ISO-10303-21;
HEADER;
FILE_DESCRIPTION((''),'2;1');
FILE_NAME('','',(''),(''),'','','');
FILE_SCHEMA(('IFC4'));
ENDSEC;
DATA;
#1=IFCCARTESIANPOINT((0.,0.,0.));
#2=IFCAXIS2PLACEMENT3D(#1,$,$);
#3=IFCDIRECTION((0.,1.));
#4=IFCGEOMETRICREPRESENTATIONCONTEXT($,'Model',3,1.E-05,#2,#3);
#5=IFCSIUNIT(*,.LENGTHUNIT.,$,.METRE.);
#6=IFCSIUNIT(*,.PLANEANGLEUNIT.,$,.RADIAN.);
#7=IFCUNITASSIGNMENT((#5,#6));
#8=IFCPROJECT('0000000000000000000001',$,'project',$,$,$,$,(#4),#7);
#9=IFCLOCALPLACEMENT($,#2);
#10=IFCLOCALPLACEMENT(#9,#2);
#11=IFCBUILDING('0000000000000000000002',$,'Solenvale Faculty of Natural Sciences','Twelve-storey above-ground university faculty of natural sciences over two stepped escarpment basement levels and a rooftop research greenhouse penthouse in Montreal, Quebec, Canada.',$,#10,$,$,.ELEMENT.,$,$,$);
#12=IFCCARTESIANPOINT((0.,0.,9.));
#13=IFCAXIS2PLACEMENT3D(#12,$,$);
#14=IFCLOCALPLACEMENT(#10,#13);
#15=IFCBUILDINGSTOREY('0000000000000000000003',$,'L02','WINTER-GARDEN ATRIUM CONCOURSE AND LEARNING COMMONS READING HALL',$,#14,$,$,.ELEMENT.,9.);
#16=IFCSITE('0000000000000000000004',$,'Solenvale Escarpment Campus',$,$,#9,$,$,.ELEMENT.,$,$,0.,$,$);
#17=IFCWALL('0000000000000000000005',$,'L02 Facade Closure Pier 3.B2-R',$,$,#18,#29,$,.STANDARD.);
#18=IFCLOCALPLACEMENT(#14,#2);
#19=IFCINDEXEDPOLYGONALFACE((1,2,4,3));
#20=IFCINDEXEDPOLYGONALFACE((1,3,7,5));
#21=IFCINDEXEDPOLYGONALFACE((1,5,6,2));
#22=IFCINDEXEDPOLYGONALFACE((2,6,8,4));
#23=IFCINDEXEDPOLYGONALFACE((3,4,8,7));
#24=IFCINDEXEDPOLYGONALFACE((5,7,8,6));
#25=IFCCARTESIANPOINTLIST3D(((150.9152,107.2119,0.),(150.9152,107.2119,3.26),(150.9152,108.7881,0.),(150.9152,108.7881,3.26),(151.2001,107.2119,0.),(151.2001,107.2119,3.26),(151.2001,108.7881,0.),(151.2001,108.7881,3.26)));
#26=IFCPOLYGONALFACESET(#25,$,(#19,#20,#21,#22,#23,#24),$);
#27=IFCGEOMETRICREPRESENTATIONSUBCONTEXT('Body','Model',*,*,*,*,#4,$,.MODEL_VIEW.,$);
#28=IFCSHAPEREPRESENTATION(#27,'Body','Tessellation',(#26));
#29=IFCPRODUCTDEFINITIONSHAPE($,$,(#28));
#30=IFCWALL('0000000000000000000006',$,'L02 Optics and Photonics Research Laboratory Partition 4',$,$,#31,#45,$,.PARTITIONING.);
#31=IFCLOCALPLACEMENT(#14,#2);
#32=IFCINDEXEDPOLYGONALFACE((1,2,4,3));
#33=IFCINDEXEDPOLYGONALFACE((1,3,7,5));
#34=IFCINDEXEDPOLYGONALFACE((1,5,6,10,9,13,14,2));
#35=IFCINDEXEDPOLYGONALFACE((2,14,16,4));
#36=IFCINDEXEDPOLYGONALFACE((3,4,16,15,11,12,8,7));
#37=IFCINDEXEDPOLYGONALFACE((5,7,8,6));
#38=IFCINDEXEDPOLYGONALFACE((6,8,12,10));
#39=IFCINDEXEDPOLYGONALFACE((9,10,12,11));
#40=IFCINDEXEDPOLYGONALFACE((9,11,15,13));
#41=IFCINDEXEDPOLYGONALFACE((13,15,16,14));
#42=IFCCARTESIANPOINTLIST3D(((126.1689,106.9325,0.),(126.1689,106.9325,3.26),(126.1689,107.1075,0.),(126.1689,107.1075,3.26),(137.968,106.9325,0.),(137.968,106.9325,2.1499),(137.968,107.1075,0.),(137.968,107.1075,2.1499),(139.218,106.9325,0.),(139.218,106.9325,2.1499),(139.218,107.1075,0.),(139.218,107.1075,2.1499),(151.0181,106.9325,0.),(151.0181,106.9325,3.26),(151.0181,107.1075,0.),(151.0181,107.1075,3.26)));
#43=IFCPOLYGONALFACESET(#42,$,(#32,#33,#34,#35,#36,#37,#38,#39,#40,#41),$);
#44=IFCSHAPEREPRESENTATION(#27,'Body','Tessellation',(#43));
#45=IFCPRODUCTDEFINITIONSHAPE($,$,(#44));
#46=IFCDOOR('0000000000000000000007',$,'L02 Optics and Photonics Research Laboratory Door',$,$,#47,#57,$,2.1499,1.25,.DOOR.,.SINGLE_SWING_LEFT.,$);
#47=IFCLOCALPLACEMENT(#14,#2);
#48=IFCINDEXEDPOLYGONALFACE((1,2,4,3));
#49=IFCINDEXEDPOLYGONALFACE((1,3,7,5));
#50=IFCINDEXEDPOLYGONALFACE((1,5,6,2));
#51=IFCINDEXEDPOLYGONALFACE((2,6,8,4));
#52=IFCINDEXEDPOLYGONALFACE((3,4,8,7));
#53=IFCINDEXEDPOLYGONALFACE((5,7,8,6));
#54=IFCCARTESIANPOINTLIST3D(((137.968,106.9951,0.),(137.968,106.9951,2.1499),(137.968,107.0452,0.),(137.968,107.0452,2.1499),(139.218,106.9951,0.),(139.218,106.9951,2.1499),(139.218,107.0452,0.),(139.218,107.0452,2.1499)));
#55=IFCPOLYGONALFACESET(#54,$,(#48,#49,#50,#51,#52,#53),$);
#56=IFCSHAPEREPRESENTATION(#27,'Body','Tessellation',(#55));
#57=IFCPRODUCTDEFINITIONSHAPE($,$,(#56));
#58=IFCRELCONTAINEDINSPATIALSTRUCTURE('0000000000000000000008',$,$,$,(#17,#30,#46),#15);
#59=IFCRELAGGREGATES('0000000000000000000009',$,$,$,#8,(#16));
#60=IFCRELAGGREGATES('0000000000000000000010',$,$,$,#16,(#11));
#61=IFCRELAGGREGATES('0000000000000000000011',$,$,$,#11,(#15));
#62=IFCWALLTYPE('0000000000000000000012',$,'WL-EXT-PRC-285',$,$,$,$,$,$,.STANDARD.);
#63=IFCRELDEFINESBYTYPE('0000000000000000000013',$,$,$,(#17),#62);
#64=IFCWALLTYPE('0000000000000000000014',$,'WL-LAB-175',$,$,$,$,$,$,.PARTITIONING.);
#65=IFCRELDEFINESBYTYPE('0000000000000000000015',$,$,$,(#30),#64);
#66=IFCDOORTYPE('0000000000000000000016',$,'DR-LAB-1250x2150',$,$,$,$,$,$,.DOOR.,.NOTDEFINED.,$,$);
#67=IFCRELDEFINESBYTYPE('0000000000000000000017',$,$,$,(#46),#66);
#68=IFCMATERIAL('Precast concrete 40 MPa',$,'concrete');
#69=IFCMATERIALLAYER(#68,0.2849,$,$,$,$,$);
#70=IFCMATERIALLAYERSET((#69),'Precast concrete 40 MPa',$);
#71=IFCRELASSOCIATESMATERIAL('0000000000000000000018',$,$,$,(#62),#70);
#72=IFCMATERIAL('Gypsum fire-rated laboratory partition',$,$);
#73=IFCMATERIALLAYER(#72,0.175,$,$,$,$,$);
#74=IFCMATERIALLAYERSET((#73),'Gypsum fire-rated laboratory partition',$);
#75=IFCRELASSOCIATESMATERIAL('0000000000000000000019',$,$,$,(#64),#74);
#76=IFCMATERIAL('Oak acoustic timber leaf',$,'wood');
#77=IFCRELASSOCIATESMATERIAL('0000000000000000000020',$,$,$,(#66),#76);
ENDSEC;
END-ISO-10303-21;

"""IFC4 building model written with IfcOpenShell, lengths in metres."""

from ifc_helpers import new_model, si_unit, direction, frame, frame_2d, origin, place, context, subcontext, project, spatial, rectangle, extrude, material, layer, layer_set, type_object, element, fill, save


model = new_model("IFC4")

# Units and contexts
model_context = context("Model", 3, precision=1e-05, world=origin(), true_north=direction((0.0, 1.0)))
body_context = subcontext(model_context, "Body", "Model", "MODEL_VIEW")
ifc_project = project(units=[si_unit("LENGTHUNIT", "METRE"), si_unit("PLANEANGLEUNIT", "RADIAN")], contexts=[model_context])

# Site, building, storey
site_placement = place(None, origin())
site = spatial("IfcSite", under=ifc_project, at=site_placement, Name="Solenvale Escarpment Campus", CompositionType="ELEMENT", RefElevation=0.0)
building_placement = place(site_placement, origin())
building = spatial("IfcBuilding", under=site, at=building_placement, Name="Solenvale Faculty of Natural Sciences", Description="Twelve-storey above-ground university faculty of natural sciences over two stepped escarpment basement levels and a rooftop research greenhouse penthouse in Montreal, Quebec, Canada.", CompositionType="ELEMENT")
storey_placement = place(building_placement, frame((0.0, 0.0, 9.0)))
storey = spatial("IfcBuildingStorey", under=building, at=storey_placement, Name="L02", Description="WINTER-GARDEN ATRIUM CONCOURSE AND LEARNING COMMONS READING HALL", CompositionType="ELEMENT", Elevation=9.0)

# Wall
ifc_material_1 = material(Name="Precast concrete 40 MPa", Category="concrete")
ifc_layer_1 = layer(ifc_material_1, 0.2849)
ifc_layer_set_1 = layer_set([ifc_layer_1], Name="Precast concrete 40 MPa")
wall_type_1 = type_object("IfcWallType", Name="WL-EXT-PRC-285", PredefinedType="STANDARD", material=ifc_layer_set_1)
wall_1_placement = place(storey_placement, frame((151.0576, 107.2119, 0.0), z_axis=(0.0, 0.0, 1.0), x_axis=(0.0, 1.0, 0.0)))
element("IfcWall", 1, at=wall_1_placement, inside=storey, type_object=wall_type_1, Name="L02 Facade Closure Pier 3.B2-R", PredefinedType="STANDARD", context=body_context, shape_type="SweptSolid", body=[
    extrude(rectangle(XDim=1.5762, YDim=0.2849, at=frame_2d((0.7881, 0.0))), origin(), (0.0, 0.0, 1.0), 3.26),
])

# Wall, opening, door
ifc_material_2 = material(Name="Gypsum fire-rated laboratory partition")
ifc_layer_2 = layer(ifc_material_2, 0.175)
ifc_layer_set_2 = layer_set([ifc_layer_2], Name="Gypsum fire-rated laboratory partition")
wall_type_2 = type_object("IfcWallType", Name="WL-LAB-175", PredefinedType="PARTITIONING", material=ifc_layer_set_2)
wall_2_placement = place(storey_placement, frame((151.0181, 107.02, 0.0), z_axis=(0.0, 0.0, 1.0), x_axis=(-1.0, 0.0, 0.0)))
wall_2 = element("IfcWall", 2, at=wall_2_placement, inside=storey, type_object=wall_type_2, Name="L02 Optics and Photonics Research Laboratory Partition 4", PredefinedType="PARTITIONING", context=body_context, shape_type="SweptSolid", body=[
    extrude(rectangle(XDim=24.8491, YDim=0.175, at=frame_2d((12.4246, 0.0))), origin(), (0.0, 0.0, 1.0), 3.26),
])
opening_placement = place(wall_2_placement, frame((11.8, 0.0, 0.0)))
opening = element("IfcOpeningElement", 3, at=opening_placement, cuts=wall_2, PredefinedType="OPENING", context=body_context, shape_type="SweptSolid", body=[
    extrude(rectangle(XDim=1.25, YDim=2.1499, at=frame_2d((0.625, 1.075))), frame((0.0, 0.0974, 0.0), z_axis=(0.0, -1.0, 0.0), x_axis=(1.0, 0.0, 0.0)), (0.0, 0.0, 1.0), 0.1951),
])
ifc_material_3 = material(Name="Oak acoustic timber leaf", Category="wood")
door_type = type_object("IfcDoorType", Name="DR-LAB-1250x2150", OperationType="NOTDEFINED", PredefinedType="DOOR", material=ifc_material_3)
door_placement = place(opening_placement, origin())
door = element("IfcDoor", 4, at=door_placement, inside=storey, type_object=door_type, Name="L02 Optics and Photonics Research Laboratory Door", OperationType="SINGLE_SWING_LEFT", OverallHeight=2.1499, OverallWidth=1.25, PredefinedType="DOOR", context=body_context, shape_type="SweptSolid", body=[
    extrude(rectangle(XDim=1.25, YDim=2.1499, at=frame_2d((0.625, 1.075))), frame((0.0, 0.0249, 0.0), z_axis=(0.0, -1.0, 0.0), x_axis=(1.0, 0.0, 0.0)), (0.0, 0.0, 1.0), 0.05),
])
fill(opening, door)

save(model, "model.ifc")
